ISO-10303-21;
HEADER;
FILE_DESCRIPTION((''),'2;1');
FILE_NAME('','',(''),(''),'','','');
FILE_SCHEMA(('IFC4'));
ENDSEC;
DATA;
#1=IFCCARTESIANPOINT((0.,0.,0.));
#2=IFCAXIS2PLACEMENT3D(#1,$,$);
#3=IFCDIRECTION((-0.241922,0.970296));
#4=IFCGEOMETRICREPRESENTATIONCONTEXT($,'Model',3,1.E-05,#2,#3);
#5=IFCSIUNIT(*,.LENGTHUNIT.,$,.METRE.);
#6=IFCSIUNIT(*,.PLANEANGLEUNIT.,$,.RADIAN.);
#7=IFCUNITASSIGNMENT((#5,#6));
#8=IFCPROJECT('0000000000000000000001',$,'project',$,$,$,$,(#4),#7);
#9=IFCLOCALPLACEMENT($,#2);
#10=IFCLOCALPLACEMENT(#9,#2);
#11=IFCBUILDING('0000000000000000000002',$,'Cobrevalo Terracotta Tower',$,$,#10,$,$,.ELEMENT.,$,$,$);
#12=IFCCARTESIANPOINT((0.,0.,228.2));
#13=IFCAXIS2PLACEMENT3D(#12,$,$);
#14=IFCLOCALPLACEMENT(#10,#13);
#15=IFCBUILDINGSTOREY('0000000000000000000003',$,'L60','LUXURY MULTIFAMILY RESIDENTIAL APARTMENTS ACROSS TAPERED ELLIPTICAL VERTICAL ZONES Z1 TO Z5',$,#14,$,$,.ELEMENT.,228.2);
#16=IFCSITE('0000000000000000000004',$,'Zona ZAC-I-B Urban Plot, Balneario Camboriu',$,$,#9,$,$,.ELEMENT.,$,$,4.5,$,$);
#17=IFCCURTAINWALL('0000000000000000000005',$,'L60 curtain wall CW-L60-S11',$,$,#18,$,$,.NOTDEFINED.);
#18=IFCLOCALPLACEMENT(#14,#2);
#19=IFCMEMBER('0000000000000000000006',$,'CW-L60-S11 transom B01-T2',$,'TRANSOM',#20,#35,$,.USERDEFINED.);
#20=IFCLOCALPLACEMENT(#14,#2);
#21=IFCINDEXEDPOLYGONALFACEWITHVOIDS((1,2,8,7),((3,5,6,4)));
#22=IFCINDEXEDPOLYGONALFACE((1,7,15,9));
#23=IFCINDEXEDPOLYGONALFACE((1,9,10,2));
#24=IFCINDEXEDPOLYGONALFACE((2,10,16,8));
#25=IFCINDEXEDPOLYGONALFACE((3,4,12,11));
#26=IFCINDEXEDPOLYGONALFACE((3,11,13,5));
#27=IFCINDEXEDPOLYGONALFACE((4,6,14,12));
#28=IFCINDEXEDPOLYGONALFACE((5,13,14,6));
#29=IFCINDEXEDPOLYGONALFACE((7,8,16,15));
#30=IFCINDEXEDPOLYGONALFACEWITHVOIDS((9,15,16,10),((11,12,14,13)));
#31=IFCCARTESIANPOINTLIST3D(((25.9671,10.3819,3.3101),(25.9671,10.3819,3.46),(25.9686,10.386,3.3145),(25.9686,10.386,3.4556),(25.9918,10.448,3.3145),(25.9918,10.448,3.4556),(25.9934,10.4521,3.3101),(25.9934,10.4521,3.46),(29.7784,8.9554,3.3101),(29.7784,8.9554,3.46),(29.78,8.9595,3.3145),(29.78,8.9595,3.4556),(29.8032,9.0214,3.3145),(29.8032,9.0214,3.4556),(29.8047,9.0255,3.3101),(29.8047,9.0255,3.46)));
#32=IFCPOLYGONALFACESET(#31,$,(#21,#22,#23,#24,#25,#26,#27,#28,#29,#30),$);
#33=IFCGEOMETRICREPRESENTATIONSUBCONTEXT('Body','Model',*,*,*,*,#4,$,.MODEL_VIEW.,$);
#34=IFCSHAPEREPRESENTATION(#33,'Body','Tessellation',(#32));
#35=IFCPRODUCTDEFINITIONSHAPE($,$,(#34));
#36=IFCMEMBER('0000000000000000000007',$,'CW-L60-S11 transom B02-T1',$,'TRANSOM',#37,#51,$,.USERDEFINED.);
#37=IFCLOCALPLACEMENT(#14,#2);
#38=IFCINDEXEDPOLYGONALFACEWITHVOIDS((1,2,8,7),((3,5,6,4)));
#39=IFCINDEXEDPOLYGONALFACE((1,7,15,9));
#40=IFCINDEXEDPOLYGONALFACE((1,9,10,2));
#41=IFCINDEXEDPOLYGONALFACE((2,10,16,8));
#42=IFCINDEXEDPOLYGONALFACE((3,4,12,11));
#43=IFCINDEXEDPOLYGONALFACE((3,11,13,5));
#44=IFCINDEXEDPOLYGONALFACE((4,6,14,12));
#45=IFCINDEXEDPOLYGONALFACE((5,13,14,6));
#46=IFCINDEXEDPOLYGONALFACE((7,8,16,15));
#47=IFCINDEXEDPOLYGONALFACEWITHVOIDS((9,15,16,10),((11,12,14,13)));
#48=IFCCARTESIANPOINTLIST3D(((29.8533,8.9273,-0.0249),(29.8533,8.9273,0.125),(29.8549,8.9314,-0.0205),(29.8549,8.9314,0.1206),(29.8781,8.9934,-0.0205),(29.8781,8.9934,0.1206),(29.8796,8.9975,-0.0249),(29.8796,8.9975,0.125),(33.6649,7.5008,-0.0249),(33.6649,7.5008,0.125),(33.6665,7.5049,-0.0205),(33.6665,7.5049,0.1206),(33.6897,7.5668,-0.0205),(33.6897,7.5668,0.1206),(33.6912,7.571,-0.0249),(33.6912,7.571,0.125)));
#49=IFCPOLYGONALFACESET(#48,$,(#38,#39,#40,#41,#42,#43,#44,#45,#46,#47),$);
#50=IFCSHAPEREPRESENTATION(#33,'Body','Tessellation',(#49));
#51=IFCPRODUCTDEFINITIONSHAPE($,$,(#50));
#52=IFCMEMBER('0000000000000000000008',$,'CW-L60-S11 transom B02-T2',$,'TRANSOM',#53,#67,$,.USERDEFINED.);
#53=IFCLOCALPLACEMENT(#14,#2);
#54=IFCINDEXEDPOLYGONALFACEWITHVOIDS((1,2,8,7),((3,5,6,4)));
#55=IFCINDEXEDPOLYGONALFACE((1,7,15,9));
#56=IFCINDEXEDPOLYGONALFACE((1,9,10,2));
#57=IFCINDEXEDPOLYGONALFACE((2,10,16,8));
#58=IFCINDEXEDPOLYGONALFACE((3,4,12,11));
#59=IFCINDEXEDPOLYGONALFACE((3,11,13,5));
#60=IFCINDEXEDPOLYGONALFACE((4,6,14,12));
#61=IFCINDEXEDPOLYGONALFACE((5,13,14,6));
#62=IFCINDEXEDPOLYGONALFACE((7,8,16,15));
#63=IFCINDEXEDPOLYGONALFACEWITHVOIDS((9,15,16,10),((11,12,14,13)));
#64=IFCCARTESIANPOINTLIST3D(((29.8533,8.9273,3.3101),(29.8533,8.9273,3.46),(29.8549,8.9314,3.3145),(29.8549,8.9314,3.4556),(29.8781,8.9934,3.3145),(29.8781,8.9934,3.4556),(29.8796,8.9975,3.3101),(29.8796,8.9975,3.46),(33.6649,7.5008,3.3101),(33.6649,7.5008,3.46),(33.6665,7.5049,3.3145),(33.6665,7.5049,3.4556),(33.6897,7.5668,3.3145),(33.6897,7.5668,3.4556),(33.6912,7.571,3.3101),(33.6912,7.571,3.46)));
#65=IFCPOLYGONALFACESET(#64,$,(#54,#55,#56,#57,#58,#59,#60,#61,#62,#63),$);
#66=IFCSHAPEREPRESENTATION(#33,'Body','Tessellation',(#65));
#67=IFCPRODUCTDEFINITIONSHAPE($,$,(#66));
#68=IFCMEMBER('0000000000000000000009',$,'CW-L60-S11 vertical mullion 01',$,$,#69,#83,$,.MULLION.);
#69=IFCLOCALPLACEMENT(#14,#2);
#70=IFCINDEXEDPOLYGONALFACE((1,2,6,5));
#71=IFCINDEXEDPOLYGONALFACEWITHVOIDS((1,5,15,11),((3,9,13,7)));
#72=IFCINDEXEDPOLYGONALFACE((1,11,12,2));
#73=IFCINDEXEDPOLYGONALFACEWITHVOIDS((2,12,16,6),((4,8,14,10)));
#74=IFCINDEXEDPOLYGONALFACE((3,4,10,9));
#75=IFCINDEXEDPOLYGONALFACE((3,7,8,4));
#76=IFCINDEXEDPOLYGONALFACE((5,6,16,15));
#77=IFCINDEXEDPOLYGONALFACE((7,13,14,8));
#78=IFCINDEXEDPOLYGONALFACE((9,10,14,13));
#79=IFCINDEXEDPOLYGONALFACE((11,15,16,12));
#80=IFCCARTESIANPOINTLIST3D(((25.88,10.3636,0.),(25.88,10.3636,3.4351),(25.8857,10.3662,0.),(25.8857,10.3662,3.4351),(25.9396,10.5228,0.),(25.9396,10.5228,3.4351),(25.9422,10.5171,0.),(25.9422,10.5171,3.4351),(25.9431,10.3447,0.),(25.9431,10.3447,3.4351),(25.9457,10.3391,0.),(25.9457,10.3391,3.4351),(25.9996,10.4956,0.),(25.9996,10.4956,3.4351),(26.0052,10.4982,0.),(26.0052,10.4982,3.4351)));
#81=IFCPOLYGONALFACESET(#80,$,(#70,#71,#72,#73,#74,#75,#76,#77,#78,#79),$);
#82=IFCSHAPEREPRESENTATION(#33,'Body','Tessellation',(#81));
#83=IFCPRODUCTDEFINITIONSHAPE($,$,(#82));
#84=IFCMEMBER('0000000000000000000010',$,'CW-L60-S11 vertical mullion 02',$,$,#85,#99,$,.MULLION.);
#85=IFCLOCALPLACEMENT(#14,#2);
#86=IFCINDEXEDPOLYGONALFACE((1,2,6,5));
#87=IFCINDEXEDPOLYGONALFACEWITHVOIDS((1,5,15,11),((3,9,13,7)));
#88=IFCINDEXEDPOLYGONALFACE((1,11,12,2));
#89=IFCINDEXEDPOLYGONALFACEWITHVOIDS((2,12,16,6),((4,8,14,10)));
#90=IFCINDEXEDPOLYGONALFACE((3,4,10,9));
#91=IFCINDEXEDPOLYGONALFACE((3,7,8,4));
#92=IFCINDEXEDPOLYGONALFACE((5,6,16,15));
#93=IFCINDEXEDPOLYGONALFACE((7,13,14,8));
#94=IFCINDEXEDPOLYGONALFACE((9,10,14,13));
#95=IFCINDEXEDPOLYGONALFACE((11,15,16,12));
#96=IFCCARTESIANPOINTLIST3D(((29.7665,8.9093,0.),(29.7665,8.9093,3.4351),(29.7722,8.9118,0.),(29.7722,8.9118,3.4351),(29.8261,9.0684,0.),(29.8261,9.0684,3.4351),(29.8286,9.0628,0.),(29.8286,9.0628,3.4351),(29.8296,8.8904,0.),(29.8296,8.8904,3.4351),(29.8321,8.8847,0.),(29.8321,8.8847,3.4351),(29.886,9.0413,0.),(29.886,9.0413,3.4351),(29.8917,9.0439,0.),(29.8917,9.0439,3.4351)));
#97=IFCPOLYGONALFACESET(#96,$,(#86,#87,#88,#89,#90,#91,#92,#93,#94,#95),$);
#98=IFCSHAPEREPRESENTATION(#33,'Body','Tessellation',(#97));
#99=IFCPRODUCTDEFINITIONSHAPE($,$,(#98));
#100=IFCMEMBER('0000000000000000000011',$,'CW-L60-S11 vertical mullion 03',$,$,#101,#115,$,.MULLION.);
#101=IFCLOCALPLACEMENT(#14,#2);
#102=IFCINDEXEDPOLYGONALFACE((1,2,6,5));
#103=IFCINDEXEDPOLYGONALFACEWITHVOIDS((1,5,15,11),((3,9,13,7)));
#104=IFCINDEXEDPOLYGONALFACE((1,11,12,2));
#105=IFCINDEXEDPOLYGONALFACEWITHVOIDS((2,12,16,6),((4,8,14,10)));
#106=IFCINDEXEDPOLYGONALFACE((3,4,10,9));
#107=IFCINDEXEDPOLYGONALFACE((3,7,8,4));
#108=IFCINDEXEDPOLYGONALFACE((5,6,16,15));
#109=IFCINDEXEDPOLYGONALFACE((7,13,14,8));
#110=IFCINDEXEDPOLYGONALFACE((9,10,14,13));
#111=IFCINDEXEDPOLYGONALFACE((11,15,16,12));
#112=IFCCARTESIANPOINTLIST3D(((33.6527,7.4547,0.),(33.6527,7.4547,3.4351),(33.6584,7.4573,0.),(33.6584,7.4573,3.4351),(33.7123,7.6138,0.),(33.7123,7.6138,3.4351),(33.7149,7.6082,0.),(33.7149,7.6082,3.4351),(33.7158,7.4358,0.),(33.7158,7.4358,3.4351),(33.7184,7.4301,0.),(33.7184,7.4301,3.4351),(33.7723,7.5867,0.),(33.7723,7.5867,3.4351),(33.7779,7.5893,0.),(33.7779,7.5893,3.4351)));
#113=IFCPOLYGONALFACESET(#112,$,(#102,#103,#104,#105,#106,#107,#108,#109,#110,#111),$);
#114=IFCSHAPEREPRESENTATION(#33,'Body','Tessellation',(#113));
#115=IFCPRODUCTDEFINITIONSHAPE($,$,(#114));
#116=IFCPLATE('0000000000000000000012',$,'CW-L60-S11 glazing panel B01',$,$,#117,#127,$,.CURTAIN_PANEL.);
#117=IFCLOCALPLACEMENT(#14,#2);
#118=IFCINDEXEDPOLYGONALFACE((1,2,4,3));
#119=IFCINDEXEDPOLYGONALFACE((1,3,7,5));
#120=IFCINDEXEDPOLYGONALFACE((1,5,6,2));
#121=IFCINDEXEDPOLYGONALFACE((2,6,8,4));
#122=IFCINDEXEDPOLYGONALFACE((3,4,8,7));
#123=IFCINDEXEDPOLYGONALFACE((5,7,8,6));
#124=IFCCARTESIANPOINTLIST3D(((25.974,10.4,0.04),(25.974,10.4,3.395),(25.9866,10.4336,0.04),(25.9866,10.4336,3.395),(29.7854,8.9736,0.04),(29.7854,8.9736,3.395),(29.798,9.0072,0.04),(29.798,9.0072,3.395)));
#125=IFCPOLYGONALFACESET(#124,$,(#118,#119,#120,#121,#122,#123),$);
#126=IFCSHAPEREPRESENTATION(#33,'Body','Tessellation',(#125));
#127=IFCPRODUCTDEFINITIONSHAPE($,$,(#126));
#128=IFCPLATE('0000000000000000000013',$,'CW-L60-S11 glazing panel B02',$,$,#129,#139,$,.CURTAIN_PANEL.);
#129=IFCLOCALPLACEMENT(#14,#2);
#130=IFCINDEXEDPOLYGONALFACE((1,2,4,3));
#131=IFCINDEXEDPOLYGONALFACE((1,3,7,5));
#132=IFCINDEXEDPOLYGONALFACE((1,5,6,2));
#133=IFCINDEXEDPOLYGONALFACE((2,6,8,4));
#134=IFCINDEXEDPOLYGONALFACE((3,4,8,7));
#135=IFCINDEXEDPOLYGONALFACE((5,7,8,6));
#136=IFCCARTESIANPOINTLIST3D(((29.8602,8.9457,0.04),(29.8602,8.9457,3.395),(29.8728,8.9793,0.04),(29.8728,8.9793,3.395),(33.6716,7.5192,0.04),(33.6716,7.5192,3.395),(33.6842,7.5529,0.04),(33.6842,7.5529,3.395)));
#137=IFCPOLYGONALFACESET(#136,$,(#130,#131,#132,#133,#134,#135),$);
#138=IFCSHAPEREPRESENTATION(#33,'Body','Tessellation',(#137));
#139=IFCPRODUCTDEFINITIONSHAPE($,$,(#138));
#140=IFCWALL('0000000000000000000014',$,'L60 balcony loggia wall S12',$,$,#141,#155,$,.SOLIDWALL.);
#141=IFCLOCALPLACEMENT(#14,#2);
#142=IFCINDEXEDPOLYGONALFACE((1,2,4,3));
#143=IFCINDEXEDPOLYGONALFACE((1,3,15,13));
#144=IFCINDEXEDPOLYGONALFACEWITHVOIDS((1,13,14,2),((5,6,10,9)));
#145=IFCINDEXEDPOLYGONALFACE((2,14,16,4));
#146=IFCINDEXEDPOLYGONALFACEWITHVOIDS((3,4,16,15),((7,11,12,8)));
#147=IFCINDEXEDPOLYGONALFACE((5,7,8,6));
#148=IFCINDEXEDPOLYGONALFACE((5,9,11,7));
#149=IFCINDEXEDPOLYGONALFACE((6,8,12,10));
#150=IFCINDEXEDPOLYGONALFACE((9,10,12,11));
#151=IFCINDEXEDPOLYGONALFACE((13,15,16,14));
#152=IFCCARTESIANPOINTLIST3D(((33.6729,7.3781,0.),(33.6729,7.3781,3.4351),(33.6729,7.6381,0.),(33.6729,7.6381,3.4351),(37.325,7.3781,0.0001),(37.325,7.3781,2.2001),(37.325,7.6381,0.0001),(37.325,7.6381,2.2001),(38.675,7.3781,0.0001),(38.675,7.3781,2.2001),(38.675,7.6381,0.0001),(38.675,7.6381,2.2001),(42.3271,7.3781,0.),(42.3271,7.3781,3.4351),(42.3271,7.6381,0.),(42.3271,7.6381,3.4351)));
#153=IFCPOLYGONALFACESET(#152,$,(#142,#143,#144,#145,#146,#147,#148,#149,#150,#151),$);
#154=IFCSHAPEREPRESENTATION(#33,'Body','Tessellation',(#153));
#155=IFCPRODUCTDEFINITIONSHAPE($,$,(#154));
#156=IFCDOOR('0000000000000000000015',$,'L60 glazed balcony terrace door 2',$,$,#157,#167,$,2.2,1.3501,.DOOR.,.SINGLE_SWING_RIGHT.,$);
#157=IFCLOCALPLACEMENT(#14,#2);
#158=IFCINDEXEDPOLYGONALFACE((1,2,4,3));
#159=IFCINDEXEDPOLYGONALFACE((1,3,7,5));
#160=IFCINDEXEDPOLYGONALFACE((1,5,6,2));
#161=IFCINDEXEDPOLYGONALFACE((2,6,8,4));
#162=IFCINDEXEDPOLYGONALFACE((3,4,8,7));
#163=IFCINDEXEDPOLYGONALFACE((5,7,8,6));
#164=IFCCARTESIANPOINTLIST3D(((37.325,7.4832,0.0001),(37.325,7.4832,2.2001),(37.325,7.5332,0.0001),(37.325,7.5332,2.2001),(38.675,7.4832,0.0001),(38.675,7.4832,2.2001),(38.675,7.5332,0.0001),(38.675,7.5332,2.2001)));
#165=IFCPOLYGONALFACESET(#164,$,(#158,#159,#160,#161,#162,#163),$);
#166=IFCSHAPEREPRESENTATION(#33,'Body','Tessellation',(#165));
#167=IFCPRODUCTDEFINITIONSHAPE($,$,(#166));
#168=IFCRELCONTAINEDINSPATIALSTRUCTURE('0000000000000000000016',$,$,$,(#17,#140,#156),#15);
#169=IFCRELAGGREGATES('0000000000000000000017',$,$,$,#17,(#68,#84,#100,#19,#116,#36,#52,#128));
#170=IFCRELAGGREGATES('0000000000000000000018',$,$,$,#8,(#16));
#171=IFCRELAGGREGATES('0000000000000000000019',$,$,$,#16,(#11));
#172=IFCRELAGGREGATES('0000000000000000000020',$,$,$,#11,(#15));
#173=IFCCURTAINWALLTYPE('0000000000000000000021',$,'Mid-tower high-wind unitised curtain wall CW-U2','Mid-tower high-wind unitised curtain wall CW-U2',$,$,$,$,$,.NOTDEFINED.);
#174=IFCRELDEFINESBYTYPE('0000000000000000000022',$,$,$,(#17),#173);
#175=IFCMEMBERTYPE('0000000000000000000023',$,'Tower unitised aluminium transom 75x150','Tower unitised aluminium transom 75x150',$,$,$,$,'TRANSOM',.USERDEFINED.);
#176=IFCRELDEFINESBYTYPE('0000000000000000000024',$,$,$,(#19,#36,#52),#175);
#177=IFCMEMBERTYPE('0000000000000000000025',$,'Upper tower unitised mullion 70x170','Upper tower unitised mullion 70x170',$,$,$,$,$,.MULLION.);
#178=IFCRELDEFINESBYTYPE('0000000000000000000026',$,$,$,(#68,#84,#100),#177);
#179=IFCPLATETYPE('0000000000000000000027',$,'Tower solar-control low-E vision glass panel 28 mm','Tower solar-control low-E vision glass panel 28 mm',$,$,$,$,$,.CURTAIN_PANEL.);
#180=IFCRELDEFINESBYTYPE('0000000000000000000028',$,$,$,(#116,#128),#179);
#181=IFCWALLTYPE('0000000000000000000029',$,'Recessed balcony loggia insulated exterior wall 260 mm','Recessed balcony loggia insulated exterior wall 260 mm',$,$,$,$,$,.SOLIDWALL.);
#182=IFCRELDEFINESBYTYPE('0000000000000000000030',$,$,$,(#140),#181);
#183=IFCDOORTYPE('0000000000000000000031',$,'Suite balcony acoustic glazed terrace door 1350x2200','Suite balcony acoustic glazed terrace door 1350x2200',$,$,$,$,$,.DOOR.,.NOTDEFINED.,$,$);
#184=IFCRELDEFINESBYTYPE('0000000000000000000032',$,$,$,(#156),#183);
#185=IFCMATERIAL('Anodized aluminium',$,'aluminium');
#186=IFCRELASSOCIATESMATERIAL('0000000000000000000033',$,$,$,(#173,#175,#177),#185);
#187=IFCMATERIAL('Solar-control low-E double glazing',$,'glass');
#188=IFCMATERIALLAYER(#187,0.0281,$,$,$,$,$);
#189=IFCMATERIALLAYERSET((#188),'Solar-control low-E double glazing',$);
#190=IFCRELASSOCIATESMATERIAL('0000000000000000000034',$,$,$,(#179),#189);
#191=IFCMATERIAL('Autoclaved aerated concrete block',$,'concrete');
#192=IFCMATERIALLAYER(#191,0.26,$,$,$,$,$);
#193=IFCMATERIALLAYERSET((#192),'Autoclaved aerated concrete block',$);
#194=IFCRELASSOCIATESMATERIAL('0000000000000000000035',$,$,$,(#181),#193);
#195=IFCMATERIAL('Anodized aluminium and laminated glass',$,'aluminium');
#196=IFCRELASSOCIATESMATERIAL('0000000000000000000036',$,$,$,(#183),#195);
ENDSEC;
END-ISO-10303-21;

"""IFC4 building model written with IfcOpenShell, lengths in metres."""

from ifc_helpers import new_model, si_unit, direction, frame, frame_2d, origin, origin_2d, place, context, subcontext, project, spatial, rectangle, hollow_rectangle, extrude, source, transform, mapped, material, layer, layer_set, material_profile, profile_set, type_object, element, fill, aggregate, save


model = new_model("IFC4")

# Units and contexts
model_context = context("Model", 3, precision=1e-05, world=origin(), true_north=direction((-0.241922, 0.970296)))
body_context = subcontext(model_context, "Body", "Model", "MODEL_VIEW")
ifc_project = project(units=[si_unit("LENGTHUNIT", "METRE"), si_unit("PLANEANGLEUNIT", "RADIAN")], contexts=[model_context])

# Site, building, storey
site_placement = place(None, origin())
site = spatial("IfcSite", under=ifc_project, at=site_placement, Name="Zona ZAC-I-B Urban Plot, Balneario Camboriu", CompositionType="ELEMENT", RefElevation=4.5)
building_placement = place(site_placement, origin())
building = spatial("IfcBuilding", under=site, at=building_placement, Name="Cobrevalo Terracotta Tower", CompositionType="ELEMENT")
storey_placement = place(building_placement, frame((0.0, 0.0, 228.2)))
storey = spatial("IfcBuildingStorey", under=building, at=storey_placement, Name="L60", Description="LUXURY MULTIFAMILY RESIDENTIAL APARTMENTS ACROSS TAPERED ELLIPTICAL VERTICAL ZONES Z1 TO Z5", CompositionType="ELEMENT", Elevation=228.2)

# Curtain wall, members, plates
ifc_material_1 = material(Name="Anodized aluminium", Category="aluminium")
curtain_wall_type = type_object("IfcCurtainWallType", Name="Mid-tower high-wind unitised curtain wall CW-U2", Description="Mid-tower high-wind unitised curtain wall CW-U2", PredefinedType="NOTDEFINED", material=ifc_material_1)
curtain_wall_placement = place(storey_placement, origin())
curtain_wall = element("IfcCurtainWall", 1, at=curtain_wall_placement, inside=storey, type_object=curtain_wall_type, Name="L60 curtain wall CW-L60-S11", PredefinedType="NOTDEFINED")
ifc_material_profile_1 = material_profile(ifc_material_1, hollow_rectangle(XDim=0.075, YDim=0.1499, WallThickness=0.0044, at=origin_2d()), Name="CWT 75x150")
ifc_profile_set_1 = profile_set([ifc_material_profile_1], Name="Anodized aluminium")
member_type_1 = type_object("IfcMemberType", Name="Tower unitised aluminium transom 75x150", Description="Tower unitised aluminium transom 75x150", ElementType="TRANSOM", PredefinedType="USERDEFINED", material=ifc_profile_set_1)
shared_shape_1 = source(origin(), body_context, "Body", "SweptSolid", [
    extrude(hollow_rectangle(XDim=0.075, YDim=0.1499, WallThickness=0.0044, at=origin_2d()), origin(), (0.0, 0.0, 1.0), 4.0696),
])
member_1_placement = place(storey_placement, frame((25.9802, 10.417, 3.385), z_axis=(0.936548, -0.350538, 0.0), x_axis=(0.350538, 0.936548, 0.0)))
member_1 = element("IfcMember", 2, at=member_1_placement, type_object=member_type_1, Name="CW-L60-S11 transom B01-T2", ObjectType="TRANSOM", PredefinedType="USERDEFINED", context=body_context, shape_type="MappedRepresentation", body=[
    mapped(shared_shape_1, transform((0.0, 0.0, 0.0), scale=1.0)),
])
shared_shape_2 = source(origin(), body_context, "Body", "SweptSolid", [
    extrude(hollow_rectangle(XDim=0.075, YDim=0.1499, WallThickness=0.0044, at=origin_2d()), origin(), (0.0, 0.0, 1.0), 4.0698),
])
member_2_placement = place(storey_placement, frame((29.8665, 8.9624, 0.05), z_axis=(0.936556, -0.350519, 0.0), x_axis=(0.350519, 0.936556, 0.0)))
member_2 = element("IfcMember", 3, at=member_2_placement, type_object=member_type_1, Name="CW-L60-S11 transom B02-T1", ObjectType="TRANSOM", PredefinedType="USERDEFINED", context=body_context, shape_type="MappedRepresentation", body=[
    mapped(shared_shape_2, transform((0.0, 0.0, 0.0), scale=1.0)),
])
member_3_placement = place(storey_placement, frame((29.8665, 8.9624, 3.385), z_axis=(0.936556, -0.350519, 0.0), x_axis=(0.350519, 0.936556, 0.0)))
member_3 = element("IfcMember", 4, at=member_3_placement, type_object=member_type_1, Name="CW-L60-S11 transom B02-T2", ObjectType="TRANSOM", PredefinedType="USERDEFINED", context=body_context, shape_type="MappedRepresentation", body=[
    mapped(shared_shape_2, transform((0.0, 0.0, 0.0), scale=1.0)),
])
ifc_material_profile_2 = material_profile(ifc_material_1, hollow_rectangle(XDim=0.0701, YDim=0.1699, WallThickness=0.0044, at=origin_2d()), Name="CWM 70x170")
ifc_profile_set_2 = profile_set([ifc_material_profile_2], Name="Anodized aluminium")
member_type_2 = type_object("IfcMemberType", Name="Upper tower unitised mullion 70x170", Description="Upper tower unitised mullion 70x170", PredefinedType="MULLION", material=ifc_profile_set_2)
shared_shape_3 = source(origin(), body_context, "Body", "SweptSolid", [
    extrude(hollow_rectangle(XDim=0.0701, YDim=0.1699, WallThickness=0.0044, at=origin_2d()), origin(), (0.0, 0.0, 1.0), 3.4351),
])
member_4_placement = place(storey_placement, frame((25.9426, 10.4309, 0.0), z_axis=(0.0, 0.0, 1.0), x_axis=(0.936556, -0.350518, 0.0)))
member_4 = element("IfcMember", 5, at=member_4_placement, type_object=member_type_2, Name="CW-L60-S11 vertical mullion 01", PredefinedType="MULLION", context=body_context, shape_type="MappedRepresentation", body=[
    mapped(shared_shape_3, transform((0.0, 0.0, 0.0), scale=1.0)),
])
member_5_placement = place(storey_placement, frame((29.8291, 8.9766, 0.0), z_axis=(0.0, 0.0, 1.0), x_axis=(0.936556, -0.350518, 0.0)))
member_5 = element("IfcMember", 6, at=member_5_placement, type_object=member_type_2, Name="CW-L60-S11 vertical mullion 02", PredefinedType="MULLION", context=body_context, shape_type="MappedRepresentation", body=[
    mapped(shared_shape_3, transform((0.0, 0.0, 0.0), scale=1.0)),
])
member_6_placement = place(storey_placement, frame((33.7153, 7.522, 0.0), z_axis=(0.0, 0.0, 1.0), x_axis=(0.936556, -0.350518, 0.0)))
member_6 = element("IfcMember", 7, at=member_6_placement, type_object=member_type_2, Name="CW-L60-S11 vertical mullion 03", PredefinedType="MULLION", context=body_context, shape_type="MappedRepresentation", body=[
    mapped(shared_shape_3, transform((0.0, 0.0, 0.0), scale=1.0)),
])
ifc_material_2 = material(Name="Solar-control low-E double glazing", Category="glass")
ifc_layer_1 = layer(ifc_material_2, 0.0281)
ifc_layer_set_1 = layer_set([ifc_layer_1], Name="Solar-control low-E double glazing")
plate_type = type_object("IfcPlateType", Name="Tower solar-control low-E vision glass panel 28 mm", Description="Tower solar-control low-E vision glass panel 28 mm", PredefinedType="CURTAIN_PANEL", material=ifc_layer_set_1)
shared_shape_4 = source(origin(), body_context, "Body", "SweptSolid", [
    extrude(rectangle(XDim=4.0696, YDim=0.0359, at=origin_2d()), origin(), (0.0, 0.0, 1.0), 3.355),
])
plate_1_placement = place(storey_placement, frame((27.886, 9.7036, 0.04), z_axis=(0.0, 0.0, 1.0), x_axis=(0.936558, -0.350513, 0.0)))
plate_1 = element("IfcPlate", 8, at=plate_1_placement, type_object=plate_type, Name="CW-L60-S11 glazing panel B01", PredefinedType="CURTAIN_PANEL", context=body_context, shape_type="MappedRepresentation", body=[
    mapped(shared_shape_4, transform((0.0, 0.0, 0.0), scale=1.0)),
])
plate_2_placement = place(storey_placement, frame((31.7722, 8.2493, 0.04), z_axis=(0.0, 0.0, 1.0), x_axis=(0.936558, -0.350513, 0.0)))
plate_2 = element("IfcPlate", 9, at=plate_2_placement, type_object=plate_type, Name="CW-L60-S11 glazing panel B02", PredefinedType="CURTAIN_PANEL", context=body_context, shape_type="MappedRepresentation", body=[
    mapped(shared_shape_4, transform((0.0, 0.0, 0.0), scale=1.0)),
])
aggregate(curtain_wall, [member_4, member_5, member_6, member_1, plate_1, member_2, member_3, plate_2])

# Wall, opening, door
ifc_material_3 = material(Name="Autoclaved aerated concrete block", Category="concrete")
ifc_layer_2 = layer(ifc_material_3, 0.26)
ifc_layer_set_2 = layer_set([ifc_layer_2], Name="Autoclaved aerated concrete block")
wall_type_1 = type_object("IfcWallType", Name="Recessed balcony loggia insulated exterior wall 260 mm", Description="Recessed balcony loggia insulated exterior wall 260 mm", PredefinedType="SOLIDWALL", material=ifc_layer_set_2)
wall_1_placement = place(storey_placement, frame((33.6729, 7.5081, 0.0), z_axis=(0.0, 0.0, 1.0), x_axis=(1.0, 0.0, 0.0)))
wall_1 = element("IfcWall", 10, at=wall_1_placement, inside=storey, type_object=wall_type_1, Name="L60 balcony loggia wall S12", PredefinedType="SOLIDWALL", context=body_context, shape_type="SweptSolid", body=[
    extrude(rectangle(XDim=8.6543, YDim=0.26, at=frame_2d((4.3271, 0.0))), origin(), (0.0, 0.0, 1.0), 3.4351),
])
opening_placement = place(wall_1_placement, frame((3.6521, 0.0, 0.0)))
opening = element("IfcOpeningElement", 11, at=opening_placement, cuts=wall_1, PredefinedType="OPENING", context=body_context, shape_type="SweptSolid", body=[
    extrude(rectangle(XDim=1.3501, YDim=2.2, at=frame_2d((0.675, 1.1001))), frame((0.0, 0.1401, 0.0), z_axis=(0.0, -1.0, 0.0), x_axis=(1.0, 0.0, 0.0)), (0.0, 0.0, 1.0), 0.28),
])
ifc_material_4 = material(Name="Anodized aluminium and laminated glass", Category="aluminium")
door_type = type_object("IfcDoorType", Name="Suite balcony acoustic glazed terrace door 1350x2200", Description="Suite balcony acoustic glazed terrace door 1350x2200", OperationType="NOTDEFINED", PredefinedType="DOOR", material=ifc_material_4)
shared_shape_5 = source(origin(), body_context, "Body", "SweptSolid", [
    extrude(rectangle(XDim=1.3501, YDim=2.2, at=frame_2d((0.675, 1.1001))), frame((0.0, 0.0249, 0.0), z_axis=(0.0, -1.0, 0.0), x_axis=(1.0, 0.0, 0.0)), (0.0, 0.0, 1.0), 0.05),
])
door_placement = place(opening_placement, frame((1.3501, 0.0, 0.0), z_axis=(0.0, 0.0, 1.0), x_axis=(-1.0, 0.0, 0.0)))
door = element("IfcDoor", 12, at=door_placement, inside=storey, type_object=door_type, Name="L60 glazed balcony terrace door 2", OperationType="SINGLE_SWING_RIGHT", OverallHeight=2.2, OverallWidth=1.3501, PredefinedType="DOOR", context=body_context, shape_type="MappedRepresentation", body=[
    mapped(shared_shape_5, transform((0.0, 0.0, 0.0), scale=1.0)),
])
fill(opening, door)

save(model, "model.ifc")
